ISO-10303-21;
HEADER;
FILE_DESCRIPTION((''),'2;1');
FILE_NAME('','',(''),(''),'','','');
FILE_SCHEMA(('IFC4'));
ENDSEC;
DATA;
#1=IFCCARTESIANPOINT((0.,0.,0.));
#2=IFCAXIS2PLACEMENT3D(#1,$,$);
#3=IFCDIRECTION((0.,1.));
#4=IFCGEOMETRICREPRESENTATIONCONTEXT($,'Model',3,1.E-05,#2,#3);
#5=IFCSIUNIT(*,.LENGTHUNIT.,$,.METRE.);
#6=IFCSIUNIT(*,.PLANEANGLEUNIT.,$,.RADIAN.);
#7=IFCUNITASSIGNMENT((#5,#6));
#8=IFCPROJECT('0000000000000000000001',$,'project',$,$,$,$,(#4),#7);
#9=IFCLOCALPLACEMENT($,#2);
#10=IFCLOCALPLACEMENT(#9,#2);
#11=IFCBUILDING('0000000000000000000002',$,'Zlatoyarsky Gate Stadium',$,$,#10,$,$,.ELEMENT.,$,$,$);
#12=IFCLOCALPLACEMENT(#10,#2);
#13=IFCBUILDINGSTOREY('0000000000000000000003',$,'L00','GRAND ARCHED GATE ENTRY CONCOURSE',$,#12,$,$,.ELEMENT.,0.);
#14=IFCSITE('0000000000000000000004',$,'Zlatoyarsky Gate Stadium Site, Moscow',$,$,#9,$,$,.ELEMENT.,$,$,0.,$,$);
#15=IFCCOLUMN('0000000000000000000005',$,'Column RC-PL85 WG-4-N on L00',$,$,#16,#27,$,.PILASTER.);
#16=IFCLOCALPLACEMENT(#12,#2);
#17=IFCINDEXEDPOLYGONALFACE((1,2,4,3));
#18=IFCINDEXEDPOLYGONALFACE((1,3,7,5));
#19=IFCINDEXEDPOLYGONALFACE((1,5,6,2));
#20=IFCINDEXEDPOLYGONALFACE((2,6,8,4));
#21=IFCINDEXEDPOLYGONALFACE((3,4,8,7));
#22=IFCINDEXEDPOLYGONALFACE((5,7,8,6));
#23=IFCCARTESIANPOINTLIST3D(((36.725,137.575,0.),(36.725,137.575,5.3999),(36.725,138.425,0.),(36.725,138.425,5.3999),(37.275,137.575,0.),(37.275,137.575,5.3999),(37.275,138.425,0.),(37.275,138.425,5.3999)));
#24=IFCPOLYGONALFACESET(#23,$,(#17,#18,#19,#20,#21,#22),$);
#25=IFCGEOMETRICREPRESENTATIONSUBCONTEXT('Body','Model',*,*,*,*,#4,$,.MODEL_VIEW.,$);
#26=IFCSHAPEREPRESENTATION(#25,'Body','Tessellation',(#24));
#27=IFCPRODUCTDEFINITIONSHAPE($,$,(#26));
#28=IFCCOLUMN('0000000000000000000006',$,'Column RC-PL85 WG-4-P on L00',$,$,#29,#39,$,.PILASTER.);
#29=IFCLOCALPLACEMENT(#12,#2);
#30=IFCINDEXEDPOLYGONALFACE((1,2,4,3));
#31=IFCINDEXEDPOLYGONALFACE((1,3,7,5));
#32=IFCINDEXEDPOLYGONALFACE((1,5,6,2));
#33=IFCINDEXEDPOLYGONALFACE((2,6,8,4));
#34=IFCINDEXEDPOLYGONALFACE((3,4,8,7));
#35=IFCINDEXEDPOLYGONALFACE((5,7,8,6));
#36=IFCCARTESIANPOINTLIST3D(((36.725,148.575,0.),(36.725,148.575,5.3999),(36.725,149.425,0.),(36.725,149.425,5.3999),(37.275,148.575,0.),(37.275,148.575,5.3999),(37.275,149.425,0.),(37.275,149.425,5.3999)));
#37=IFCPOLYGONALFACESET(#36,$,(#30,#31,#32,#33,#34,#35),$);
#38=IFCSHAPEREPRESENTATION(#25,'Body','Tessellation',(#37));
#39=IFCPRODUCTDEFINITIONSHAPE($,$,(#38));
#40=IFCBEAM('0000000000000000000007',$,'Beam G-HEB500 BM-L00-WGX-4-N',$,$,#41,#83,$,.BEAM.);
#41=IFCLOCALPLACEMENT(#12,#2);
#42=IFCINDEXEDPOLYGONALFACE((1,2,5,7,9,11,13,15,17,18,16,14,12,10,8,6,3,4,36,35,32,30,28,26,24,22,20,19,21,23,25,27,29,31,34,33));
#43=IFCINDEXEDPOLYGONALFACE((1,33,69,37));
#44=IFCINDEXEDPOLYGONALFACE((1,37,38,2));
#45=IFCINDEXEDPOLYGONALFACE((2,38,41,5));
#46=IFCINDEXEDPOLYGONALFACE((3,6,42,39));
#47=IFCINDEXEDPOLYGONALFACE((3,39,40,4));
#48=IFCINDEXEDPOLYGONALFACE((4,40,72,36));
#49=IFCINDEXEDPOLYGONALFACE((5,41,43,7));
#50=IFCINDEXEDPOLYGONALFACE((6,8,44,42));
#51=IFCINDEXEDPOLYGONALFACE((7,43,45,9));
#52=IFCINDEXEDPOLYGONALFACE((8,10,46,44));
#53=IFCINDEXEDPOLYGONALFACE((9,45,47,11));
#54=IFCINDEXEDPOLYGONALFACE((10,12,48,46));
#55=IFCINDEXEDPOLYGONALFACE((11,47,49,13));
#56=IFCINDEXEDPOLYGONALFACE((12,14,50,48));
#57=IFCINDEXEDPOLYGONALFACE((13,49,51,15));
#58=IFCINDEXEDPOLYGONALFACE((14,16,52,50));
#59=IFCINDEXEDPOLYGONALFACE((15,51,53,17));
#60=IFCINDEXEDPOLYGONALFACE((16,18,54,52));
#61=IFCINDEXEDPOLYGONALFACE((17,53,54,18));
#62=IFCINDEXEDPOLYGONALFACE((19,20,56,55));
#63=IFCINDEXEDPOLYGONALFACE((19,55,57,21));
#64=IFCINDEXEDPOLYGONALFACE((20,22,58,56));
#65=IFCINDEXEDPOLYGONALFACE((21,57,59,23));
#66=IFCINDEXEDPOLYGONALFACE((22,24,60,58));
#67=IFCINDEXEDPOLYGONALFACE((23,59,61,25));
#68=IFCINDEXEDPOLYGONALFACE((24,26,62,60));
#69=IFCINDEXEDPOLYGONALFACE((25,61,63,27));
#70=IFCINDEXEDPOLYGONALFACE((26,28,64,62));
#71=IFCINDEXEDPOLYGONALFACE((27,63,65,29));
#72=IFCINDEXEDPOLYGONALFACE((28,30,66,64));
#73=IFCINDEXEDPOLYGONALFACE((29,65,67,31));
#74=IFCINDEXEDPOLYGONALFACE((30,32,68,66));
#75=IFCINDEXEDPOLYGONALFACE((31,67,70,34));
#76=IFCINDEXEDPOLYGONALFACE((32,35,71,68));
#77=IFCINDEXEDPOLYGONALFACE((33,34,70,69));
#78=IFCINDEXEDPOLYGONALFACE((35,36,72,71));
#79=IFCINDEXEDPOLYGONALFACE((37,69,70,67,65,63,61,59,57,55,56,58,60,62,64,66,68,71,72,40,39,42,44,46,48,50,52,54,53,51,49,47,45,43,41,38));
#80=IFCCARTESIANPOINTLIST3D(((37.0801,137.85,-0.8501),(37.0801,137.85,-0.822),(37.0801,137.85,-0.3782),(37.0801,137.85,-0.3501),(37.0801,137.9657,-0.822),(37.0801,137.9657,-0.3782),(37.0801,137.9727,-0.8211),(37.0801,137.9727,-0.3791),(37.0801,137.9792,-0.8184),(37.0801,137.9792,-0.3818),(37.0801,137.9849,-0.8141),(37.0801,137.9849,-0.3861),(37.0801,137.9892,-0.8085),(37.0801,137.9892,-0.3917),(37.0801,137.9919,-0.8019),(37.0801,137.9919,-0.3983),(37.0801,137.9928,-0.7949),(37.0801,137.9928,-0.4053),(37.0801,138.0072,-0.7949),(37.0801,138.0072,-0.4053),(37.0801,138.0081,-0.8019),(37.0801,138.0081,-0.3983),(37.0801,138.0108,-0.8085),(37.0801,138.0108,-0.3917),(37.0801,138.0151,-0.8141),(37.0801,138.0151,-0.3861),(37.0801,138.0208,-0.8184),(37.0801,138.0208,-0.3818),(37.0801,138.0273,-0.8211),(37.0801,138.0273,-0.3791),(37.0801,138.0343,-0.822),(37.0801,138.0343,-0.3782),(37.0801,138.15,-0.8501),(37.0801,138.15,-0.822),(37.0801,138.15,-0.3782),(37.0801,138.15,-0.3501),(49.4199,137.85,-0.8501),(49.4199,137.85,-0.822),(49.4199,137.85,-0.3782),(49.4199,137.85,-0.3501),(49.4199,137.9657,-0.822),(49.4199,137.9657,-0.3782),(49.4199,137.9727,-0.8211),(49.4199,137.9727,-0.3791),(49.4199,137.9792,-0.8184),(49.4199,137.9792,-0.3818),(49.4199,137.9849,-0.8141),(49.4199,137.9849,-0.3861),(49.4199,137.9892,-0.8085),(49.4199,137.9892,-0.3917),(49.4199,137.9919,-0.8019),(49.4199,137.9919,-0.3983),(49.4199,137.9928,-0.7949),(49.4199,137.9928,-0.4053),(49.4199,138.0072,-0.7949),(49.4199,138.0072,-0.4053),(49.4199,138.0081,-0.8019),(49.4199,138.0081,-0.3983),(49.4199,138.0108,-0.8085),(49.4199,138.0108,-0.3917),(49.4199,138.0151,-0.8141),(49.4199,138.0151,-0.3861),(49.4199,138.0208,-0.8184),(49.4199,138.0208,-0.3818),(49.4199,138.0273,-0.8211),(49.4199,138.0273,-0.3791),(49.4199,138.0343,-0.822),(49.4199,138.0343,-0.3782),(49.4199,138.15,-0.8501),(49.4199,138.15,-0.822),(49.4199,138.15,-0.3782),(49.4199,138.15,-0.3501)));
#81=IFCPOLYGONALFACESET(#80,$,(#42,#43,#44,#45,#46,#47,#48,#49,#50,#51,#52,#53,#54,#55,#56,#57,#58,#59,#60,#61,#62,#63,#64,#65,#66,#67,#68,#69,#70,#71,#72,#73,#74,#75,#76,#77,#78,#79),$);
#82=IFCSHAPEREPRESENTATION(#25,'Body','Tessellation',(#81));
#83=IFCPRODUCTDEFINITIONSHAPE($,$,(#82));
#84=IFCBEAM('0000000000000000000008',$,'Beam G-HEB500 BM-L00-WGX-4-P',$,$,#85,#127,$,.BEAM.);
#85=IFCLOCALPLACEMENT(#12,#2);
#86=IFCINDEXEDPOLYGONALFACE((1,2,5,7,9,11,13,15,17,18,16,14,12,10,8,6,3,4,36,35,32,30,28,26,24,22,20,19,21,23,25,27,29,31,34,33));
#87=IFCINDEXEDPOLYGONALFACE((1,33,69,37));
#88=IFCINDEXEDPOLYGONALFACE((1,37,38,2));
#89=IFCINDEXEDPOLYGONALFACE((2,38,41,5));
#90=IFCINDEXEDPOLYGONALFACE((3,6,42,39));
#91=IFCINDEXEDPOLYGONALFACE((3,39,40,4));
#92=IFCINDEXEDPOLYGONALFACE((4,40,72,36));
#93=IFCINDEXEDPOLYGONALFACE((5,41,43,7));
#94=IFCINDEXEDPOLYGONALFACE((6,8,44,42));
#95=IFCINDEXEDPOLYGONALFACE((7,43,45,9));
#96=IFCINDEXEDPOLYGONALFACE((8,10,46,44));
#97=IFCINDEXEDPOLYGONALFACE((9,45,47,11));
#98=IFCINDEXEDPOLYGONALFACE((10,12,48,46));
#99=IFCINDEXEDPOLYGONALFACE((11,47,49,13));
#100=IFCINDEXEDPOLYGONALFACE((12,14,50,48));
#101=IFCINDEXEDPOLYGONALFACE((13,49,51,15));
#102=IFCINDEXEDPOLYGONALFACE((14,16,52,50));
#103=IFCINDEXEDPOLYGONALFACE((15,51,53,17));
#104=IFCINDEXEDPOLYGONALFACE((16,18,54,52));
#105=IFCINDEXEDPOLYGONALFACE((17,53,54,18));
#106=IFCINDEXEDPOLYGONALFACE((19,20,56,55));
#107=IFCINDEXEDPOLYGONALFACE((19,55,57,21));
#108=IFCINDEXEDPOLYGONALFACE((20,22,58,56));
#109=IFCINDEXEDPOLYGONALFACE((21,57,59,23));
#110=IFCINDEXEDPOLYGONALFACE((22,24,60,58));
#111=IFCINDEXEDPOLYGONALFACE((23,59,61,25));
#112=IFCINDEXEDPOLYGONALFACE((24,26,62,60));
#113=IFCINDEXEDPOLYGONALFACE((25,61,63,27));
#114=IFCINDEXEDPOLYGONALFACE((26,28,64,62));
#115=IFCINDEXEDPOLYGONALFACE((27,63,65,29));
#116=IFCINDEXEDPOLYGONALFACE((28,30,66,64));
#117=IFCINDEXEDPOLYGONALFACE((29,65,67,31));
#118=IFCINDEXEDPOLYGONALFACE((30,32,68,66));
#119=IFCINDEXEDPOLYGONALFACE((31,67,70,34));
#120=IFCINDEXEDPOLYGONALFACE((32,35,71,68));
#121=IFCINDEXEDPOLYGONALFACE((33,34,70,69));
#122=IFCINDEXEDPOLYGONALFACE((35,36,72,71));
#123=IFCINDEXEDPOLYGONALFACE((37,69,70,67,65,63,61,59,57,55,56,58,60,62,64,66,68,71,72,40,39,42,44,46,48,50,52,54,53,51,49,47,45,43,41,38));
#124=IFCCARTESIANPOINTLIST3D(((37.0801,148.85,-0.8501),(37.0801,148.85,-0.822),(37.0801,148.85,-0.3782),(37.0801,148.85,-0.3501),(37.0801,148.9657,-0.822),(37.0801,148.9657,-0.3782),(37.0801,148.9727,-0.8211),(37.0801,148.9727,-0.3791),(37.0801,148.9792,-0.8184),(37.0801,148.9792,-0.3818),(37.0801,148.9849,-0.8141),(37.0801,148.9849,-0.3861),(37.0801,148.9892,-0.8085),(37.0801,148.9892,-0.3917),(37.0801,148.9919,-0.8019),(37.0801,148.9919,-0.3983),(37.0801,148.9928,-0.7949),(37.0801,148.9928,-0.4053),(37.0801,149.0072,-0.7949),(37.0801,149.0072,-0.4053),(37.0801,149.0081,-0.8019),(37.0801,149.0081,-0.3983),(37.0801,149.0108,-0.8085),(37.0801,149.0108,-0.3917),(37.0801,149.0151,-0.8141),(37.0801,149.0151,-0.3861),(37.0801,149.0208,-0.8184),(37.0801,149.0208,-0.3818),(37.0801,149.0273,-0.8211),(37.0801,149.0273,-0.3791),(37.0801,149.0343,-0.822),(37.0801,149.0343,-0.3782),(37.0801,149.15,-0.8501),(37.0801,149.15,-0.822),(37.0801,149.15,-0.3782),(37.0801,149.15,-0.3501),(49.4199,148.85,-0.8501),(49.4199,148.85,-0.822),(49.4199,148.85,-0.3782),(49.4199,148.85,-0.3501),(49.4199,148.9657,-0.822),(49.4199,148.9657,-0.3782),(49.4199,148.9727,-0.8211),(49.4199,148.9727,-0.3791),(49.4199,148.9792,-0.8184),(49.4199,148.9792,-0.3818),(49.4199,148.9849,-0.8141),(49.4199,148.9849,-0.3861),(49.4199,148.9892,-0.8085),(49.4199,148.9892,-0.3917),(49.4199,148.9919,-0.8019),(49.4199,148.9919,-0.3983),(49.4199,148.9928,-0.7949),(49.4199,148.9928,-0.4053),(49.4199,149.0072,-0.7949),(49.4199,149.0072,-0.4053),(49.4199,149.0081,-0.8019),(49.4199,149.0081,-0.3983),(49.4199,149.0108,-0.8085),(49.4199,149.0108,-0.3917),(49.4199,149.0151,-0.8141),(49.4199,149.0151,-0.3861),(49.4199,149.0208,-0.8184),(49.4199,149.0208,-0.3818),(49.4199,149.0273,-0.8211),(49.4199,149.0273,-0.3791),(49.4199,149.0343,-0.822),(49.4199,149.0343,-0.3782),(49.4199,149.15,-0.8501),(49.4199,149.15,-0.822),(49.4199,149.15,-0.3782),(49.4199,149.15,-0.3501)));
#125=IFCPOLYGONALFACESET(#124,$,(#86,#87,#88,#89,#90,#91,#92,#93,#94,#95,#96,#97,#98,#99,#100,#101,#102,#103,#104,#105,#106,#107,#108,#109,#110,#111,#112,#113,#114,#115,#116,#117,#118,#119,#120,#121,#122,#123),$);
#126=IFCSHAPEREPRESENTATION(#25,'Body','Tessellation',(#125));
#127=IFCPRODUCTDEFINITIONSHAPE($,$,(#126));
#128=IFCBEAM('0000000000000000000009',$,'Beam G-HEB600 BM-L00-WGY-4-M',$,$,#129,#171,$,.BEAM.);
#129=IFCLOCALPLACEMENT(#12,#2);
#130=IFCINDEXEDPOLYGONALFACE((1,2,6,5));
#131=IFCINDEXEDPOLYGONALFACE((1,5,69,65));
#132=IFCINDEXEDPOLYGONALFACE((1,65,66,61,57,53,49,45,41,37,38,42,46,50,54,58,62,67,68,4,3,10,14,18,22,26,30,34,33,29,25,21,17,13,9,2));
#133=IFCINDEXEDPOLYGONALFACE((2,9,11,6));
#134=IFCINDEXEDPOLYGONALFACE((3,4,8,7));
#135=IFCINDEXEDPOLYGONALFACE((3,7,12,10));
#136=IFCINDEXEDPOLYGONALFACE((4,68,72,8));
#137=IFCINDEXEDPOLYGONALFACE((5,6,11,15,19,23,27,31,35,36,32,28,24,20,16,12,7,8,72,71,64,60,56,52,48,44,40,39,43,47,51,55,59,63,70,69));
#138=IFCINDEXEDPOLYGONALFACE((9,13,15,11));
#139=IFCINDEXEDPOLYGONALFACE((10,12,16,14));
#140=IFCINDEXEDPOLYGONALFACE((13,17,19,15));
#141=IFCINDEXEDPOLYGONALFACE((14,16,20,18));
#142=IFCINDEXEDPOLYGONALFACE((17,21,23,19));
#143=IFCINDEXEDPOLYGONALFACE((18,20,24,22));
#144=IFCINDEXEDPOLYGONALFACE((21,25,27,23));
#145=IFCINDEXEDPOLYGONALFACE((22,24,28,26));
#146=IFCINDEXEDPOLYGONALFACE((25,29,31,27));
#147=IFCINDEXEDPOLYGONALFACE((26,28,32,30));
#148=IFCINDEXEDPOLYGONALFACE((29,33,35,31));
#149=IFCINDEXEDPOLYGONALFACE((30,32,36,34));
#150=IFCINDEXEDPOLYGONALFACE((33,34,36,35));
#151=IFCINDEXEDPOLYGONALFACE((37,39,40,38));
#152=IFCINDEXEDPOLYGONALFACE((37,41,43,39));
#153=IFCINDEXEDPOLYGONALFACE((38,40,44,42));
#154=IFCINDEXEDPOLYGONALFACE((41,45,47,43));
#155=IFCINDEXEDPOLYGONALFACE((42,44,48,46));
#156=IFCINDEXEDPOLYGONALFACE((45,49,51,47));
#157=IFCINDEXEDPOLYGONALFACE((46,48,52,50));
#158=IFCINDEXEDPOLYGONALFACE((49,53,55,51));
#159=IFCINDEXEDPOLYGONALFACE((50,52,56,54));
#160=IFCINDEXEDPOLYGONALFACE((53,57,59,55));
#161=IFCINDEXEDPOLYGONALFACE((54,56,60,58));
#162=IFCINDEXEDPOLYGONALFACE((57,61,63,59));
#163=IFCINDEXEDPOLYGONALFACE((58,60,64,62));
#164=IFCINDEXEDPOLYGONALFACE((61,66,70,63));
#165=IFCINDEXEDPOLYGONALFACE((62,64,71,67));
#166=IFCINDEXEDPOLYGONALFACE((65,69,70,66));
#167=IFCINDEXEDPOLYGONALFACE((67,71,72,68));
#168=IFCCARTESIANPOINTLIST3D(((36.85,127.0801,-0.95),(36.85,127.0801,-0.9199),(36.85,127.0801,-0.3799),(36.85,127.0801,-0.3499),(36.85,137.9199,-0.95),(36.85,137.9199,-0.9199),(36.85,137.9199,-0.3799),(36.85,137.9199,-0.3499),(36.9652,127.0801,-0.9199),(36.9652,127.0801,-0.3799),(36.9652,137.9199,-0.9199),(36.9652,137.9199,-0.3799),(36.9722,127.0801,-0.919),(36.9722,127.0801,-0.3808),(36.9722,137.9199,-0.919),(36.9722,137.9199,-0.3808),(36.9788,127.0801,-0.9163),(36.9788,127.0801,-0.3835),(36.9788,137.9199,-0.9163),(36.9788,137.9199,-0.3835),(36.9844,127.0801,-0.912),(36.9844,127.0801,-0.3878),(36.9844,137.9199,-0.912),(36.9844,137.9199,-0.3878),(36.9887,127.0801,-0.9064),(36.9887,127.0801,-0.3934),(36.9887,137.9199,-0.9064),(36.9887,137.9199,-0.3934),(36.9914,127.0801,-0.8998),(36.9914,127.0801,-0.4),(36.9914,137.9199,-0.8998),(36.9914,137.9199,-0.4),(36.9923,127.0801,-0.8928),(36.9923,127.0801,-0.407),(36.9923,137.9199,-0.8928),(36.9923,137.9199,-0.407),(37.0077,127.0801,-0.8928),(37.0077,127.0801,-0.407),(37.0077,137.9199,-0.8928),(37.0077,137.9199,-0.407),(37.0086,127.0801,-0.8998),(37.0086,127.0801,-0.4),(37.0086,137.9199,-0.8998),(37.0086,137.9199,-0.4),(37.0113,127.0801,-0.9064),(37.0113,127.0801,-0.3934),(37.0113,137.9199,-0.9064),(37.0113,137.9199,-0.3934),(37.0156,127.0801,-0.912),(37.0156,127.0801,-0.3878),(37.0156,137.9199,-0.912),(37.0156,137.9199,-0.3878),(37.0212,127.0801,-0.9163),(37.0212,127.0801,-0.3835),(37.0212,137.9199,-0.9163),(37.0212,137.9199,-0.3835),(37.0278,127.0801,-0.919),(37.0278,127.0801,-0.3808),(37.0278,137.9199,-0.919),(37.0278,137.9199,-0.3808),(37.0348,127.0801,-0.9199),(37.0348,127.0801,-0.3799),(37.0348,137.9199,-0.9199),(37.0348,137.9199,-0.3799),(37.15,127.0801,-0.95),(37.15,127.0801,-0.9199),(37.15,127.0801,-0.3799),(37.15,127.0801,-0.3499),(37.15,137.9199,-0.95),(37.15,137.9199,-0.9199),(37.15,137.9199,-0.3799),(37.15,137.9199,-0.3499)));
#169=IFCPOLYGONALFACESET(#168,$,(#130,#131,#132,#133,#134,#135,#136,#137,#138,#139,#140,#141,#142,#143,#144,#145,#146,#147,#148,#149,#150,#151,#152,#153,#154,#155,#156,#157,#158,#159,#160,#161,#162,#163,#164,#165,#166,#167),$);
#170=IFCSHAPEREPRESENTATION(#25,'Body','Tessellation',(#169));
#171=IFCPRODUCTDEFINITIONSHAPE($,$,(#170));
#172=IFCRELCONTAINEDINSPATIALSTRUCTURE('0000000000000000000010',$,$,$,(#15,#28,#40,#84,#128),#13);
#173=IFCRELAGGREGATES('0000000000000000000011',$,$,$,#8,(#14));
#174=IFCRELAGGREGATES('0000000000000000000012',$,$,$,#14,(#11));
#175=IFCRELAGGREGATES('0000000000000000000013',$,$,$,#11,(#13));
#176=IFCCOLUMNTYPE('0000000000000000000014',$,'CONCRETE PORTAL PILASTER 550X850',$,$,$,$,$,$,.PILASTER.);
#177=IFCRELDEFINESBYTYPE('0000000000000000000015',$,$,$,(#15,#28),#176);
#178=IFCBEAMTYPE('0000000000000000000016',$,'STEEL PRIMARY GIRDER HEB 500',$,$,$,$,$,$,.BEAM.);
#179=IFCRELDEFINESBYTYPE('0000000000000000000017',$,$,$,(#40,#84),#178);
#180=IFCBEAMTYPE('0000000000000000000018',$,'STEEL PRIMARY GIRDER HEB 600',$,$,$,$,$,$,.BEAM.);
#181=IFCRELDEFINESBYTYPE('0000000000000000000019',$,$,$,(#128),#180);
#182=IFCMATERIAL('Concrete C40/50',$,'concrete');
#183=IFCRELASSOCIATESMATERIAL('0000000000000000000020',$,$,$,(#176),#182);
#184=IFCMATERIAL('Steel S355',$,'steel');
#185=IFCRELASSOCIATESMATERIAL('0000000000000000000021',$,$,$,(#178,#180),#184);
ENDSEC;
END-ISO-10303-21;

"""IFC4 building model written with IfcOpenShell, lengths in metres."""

from ifc_helpers import new_model, si_unit, direction, frame, origin, origin_2d, place, context, subcontext, project, spatial, rectangle, i_section, extrude, material, material_profile, profile_set, type_object, element, save


model = new_model("IFC4")

# Units and contexts
model_context = context("Model", 3, precision=1e-05, world=origin(), true_north=direction((0.0, 1.0)))
body_context = subcontext(model_context, "Body", "Model", "MODEL_VIEW")
ifc_project = project(units=[si_unit("LENGTHUNIT", "METRE"), si_unit("PLANEANGLEUNIT", "RADIAN")], contexts=[model_context])

# Site, building, storey
site_placement = place(None, origin())
site = spatial("IfcSite", under=ifc_project, at=site_placement, Name="Zlatoyarsky Gate Stadium Site, Moscow", CompositionType="ELEMENT", RefElevation=0.0)
building_placement = place(site_placement, origin())
building = spatial("IfcBuilding", under=site, at=building_placement, Name="Zlatoyarsky Gate Stadium", CompositionType="ELEMENT")
storey_placement = place(building_placement, origin())
storey = spatial("IfcBuildingStorey", under=building, at=storey_placement, Name="L00", Description="GRAND ARCHED GATE ENTRY CONCOURSE", CompositionType="ELEMENT", Elevation=0.0)

# Columns
ifc_material_1 = material(Name="Concrete C40/50", Category="concrete")
ifc_material_profile_1 = material_profile(ifc_material_1, rectangle(XDim=0.55, YDim=0.8501, at=origin_2d()), Name="RC PILASTER 550X850")
ifc_profile_set_1 = profile_set([ifc_material_profile_1], Name="Concrete C40/50")
column_type = type_object("IfcColumnType", Name="CONCRETE PORTAL PILASTER 550X850", PredefinedType="PILASTER", material=ifc_profile_set_1)
for number, where, z_axis, x_axis, name in (
    (1, (37.0, 138.0, 0.0), (0.0, 0.0, 1.0), (1.0, 0.0, 0.0), "Column RC-PL85 WG-4-N on L00"),
    (2, (37.0, 149.0, 0.0), (0.0, 0.0, 1.0), (1.0, 0.0, 0.0), "Column RC-PL85 WG-4-P on L00"),
):
    element("IfcColumn", number, at=place(storey_placement, frame(where, z_axis=z_axis, x_axis=x_axis)), inside=storey, type_object=column_type, Name=name, PredefinedType="PILASTER", context=body_context, shape_type="SweptSolid", body=[
        extrude(rectangle(XDim=0.55, YDim=0.8501, at=origin_2d()), origin(), (0.0, 0.0, 1.0), 5.3999),
    ])

# Beams
ifc_material_2 = material(Name="Steel S355", Category="steel")
ifc_material_profile_2 = material_profile(ifc_material_2, i_section(OverallWidth=0.3, OverallDepth=0.5, WebThickness=0.0144, FlangeThickness=0.0281, FilletRadius=0.0271, at=origin_2d()), Name="HEB 500")
ifc_profile_set_2 = profile_set([ifc_material_profile_2], Name="Steel S355")
beam_type_1 = type_object("IfcBeamType", Name="STEEL PRIMARY GIRDER HEB 500", PredefinedType="BEAM", material=ifc_profile_set_2)
for number, where, z_axis, x_axis, name in (
    (3, (37.0801, 138.0, -0.6001), (1.0, 0.0, 0.0), (0.0, 1.0, 0.0), "Beam G-HEB500 BM-L00-WGX-4-N"),
    (4, (37.0801, 149.0, -0.6001), (1.0, 0.0, 0.0), (0.0, 1.0, 0.0), "Beam G-HEB500 BM-L00-WGX-4-P"),
):
    element("IfcBeam", number, at=place(storey_placement, frame(where, z_axis=z_axis, x_axis=x_axis)), inside=storey, type_object=beam_type_1, Name=name, PredefinedType="BEAM", context=body_context, shape_type="SweptSolid", body=[
        extrude(i_section(OverallWidth=0.3, OverallDepth=0.5, WebThickness=0.0144, FlangeThickness=0.0281, FilletRadius=0.0271, at=origin_2d()), origin(), (0.0, 0.0, 1.0), 12.3398),
    ])
ifc_material_profile_3 = material_profile(ifc_material_2, i_section(OverallWidth=0.3, OverallDepth=0.6001, WebThickness=0.0154, FlangeThickness=0.03, FilletRadius=0.0271, at=origin_2d()), Name="HEB 600")
ifc_profile_set_3 = profile_set([ifc_material_profile_3], Name="Steel S355")
beam_type_2 = type_object("IfcBeamType", Name="STEEL PRIMARY GIRDER HEB 600", PredefinedType="BEAM", material=ifc_profile_set_3)
for number, where, z_axis, x_axis, name in (
    (5, (37.0, 127.0801, -0.6499), (0.0, 1.0, 0.0), (-1.0, 0.0, 0.0), "Beam G-HEB600 BM-L00-WGY-4-M"),
):
    element("IfcBeam", number, at=place(storey_placement, frame(where, z_axis=z_axis, x_axis=x_axis)), inside=storey, type_object=beam_type_2, Name=name, PredefinedType="BEAM", context=body_context, shape_type="SweptSolid", body=[
        extrude(i_section(OverallWidth=0.3, OverallDepth=0.6001, WebThickness=0.0154, FlangeThickness=0.03, FilletRadius=0.0271, at=origin_2d()), origin(), (0.0, 0.0, 1.0), 10.8398),
    ])

save(model, "model.ifc")
